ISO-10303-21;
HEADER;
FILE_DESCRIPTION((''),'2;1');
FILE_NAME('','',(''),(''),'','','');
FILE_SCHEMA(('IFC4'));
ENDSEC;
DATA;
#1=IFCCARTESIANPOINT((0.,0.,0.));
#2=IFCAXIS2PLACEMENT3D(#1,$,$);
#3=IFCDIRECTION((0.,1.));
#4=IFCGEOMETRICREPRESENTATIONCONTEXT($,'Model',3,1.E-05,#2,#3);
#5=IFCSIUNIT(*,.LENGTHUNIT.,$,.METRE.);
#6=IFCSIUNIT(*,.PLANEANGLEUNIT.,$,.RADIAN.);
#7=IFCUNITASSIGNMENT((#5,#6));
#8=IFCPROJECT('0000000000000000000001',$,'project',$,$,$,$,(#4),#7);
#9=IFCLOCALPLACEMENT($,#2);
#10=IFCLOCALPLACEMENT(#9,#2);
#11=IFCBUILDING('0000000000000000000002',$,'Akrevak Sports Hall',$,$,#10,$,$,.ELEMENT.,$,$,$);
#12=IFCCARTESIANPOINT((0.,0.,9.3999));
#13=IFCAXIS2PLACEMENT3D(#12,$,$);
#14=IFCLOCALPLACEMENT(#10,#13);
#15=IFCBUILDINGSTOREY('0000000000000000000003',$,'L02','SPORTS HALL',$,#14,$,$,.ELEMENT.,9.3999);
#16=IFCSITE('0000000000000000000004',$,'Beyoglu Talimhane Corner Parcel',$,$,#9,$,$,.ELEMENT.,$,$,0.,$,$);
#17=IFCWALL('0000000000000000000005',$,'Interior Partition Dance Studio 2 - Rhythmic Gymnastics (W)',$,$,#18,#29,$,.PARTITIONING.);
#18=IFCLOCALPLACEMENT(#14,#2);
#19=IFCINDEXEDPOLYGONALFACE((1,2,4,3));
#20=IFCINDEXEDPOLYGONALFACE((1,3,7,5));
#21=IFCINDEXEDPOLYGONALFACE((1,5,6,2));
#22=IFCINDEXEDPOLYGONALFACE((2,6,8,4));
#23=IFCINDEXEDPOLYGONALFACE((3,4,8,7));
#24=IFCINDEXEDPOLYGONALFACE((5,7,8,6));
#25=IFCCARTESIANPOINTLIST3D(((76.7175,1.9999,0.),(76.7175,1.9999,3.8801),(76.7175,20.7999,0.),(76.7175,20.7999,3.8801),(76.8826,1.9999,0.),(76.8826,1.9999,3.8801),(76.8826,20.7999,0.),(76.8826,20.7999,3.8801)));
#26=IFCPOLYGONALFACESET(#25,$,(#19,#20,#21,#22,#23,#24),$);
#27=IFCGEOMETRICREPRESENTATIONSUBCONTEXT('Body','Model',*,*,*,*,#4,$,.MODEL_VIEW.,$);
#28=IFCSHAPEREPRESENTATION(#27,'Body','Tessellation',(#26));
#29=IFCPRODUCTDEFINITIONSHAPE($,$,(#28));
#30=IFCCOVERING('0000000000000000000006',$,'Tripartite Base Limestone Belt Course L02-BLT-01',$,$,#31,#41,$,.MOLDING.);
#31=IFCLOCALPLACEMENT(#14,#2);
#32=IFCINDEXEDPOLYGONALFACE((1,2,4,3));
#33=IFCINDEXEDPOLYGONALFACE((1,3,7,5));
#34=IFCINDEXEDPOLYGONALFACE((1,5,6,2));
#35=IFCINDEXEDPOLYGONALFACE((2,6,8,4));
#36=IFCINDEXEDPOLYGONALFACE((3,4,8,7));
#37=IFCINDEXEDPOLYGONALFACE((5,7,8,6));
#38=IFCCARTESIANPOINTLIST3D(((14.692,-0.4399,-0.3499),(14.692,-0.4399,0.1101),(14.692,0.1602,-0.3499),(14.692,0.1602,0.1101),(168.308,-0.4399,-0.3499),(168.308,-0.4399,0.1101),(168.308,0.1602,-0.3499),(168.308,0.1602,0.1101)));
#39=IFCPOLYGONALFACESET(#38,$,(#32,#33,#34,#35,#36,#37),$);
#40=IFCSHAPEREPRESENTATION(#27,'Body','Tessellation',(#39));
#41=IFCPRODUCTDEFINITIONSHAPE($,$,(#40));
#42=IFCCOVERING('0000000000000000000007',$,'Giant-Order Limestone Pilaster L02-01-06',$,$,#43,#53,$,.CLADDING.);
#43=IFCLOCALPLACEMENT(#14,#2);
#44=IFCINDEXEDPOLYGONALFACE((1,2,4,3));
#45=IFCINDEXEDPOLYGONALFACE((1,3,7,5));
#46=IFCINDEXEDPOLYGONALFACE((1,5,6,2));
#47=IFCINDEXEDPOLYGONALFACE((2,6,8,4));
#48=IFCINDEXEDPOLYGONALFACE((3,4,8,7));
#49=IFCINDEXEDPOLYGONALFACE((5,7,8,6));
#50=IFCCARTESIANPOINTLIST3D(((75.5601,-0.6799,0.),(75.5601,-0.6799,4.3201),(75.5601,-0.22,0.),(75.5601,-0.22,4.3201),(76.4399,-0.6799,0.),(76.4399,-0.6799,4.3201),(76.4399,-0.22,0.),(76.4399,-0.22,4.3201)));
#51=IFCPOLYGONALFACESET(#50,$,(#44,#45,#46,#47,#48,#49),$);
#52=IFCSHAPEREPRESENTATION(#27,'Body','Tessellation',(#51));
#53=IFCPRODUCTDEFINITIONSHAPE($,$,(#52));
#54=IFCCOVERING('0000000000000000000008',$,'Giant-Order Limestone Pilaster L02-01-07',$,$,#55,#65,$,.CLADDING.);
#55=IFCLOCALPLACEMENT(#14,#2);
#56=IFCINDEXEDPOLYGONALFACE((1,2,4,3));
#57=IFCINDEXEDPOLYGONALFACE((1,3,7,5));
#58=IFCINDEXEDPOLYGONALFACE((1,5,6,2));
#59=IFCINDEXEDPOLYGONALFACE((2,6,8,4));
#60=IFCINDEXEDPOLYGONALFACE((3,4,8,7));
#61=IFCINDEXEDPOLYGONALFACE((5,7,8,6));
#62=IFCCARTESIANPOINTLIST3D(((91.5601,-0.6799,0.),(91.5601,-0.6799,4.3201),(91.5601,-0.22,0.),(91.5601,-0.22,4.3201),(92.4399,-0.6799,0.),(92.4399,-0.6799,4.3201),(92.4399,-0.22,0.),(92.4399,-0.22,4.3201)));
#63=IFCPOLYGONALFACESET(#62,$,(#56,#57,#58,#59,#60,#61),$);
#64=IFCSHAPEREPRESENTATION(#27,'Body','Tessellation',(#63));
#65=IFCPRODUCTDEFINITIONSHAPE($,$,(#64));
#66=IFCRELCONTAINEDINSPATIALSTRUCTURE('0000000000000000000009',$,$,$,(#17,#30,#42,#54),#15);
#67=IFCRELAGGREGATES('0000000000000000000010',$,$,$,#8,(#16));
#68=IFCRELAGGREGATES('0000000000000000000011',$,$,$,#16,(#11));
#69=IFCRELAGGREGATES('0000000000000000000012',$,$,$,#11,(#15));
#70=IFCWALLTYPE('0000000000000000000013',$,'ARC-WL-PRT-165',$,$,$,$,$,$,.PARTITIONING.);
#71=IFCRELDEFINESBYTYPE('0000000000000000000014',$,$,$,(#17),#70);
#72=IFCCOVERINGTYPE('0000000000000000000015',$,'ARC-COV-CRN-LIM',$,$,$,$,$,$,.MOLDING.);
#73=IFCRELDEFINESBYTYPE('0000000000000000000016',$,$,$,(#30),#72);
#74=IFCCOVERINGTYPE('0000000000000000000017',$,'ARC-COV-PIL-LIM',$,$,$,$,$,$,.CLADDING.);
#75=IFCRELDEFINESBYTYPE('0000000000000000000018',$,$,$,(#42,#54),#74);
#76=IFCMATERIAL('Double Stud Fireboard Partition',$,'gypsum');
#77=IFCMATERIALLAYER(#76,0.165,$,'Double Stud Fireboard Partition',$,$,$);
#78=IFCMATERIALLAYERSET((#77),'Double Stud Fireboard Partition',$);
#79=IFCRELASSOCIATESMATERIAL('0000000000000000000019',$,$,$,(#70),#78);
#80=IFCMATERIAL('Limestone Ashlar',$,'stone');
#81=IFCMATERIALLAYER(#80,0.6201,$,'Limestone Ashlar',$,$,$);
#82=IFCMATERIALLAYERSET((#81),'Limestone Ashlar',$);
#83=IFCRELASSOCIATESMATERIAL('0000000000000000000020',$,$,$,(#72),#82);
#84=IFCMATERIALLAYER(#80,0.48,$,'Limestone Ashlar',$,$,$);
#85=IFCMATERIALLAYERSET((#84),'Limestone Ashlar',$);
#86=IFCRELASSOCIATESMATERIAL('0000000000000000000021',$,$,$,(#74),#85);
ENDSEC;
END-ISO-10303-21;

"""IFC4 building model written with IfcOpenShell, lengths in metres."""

from ifc_helpers import new_model, si_unit, direction, frame, frame_2d, origin, origin_2d, place, context, subcontext, project, spatial, rectangle, extrude, material, layer, layer_set, type_object, element, save


model = new_model("IFC4")

# Units and contexts
model_context = context("Model", 3, precision=1e-05, world=origin(), true_north=direction((0.0, 1.0)))
body_context = subcontext(model_context, "Body", "Model", "MODEL_VIEW")
ifc_project = project(units=[si_unit("LENGTHUNIT", "METRE"), si_unit("PLANEANGLEUNIT", "RADIAN")], contexts=[model_context])

# Site, building, storey
site_placement = place(None, origin())
site = spatial("IfcSite", under=ifc_project, at=site_placement, Name="Beyoglu Talimhane Corner Parcel", CompositionType="ELEMENT", RefElevation=0.0)
building_placement = place(site_placement, origin())
building = spatial("IfcBuilding", under=site, at=building_placement, Name="Akrevak Sports Hall", CompositionType="ELEMENT")
storey_placement = place(building_placement, frame((0.0, 0.0, 9.3999)))
storey = spatial("IfcBuildingStorey", under=building, at=storey_placement, Name="L02", Description="SPORTS HALL", CompositionType="ELEMENT", Elevation=9.3999)

# Shared definitions
ifc_material_1 = material(Name="Limestone Ashlar", Category="stone")

# Shared definitions
ifc_material_2 = material(Name="Double Stud Fireboard Partition", Category="gypsum")
ifc_layer_1 = layer(ifc_material_2, 0.165, Name="Double Stud Fireboard Partition")
ifc_layer_set_1 = layer_set([ifc_layer_1], Name="Double Stud Fireboard Partition")
wall_type_1 = type_object("IfcWallType", Name="ARC-WL-PRT-165", PredefinedType="PARTITIONING", material=ifc_layer_set_1)

# Wall
wall_1_placement = place(storey_placement, frame((76.8, 2.0, 0.0), z_axis=(0.0, 0.0, 1.0), x_axis=(0.0, 1.0, 0.0)))
element("IfcWall", 1, at=wall_1_placement, inside=storey, type_object=wall_type_1, Name="Interior Partition Dance Studio 2 - Rhythmic Gymnastics (W)", PredefinedType="PARTITIONING", context=body_context, shape_type="SweptSolid", body=[
    extrude(rectangle(XDim=18.8, YDim=0.165, at=frame_2d((9.3999, 0.0))), origin(), (0.0, 0.0, 1.0), 3.8801),
])

# Coverings
ifc_layer_2 = layer(ifc_material_1, 0.6201, Name="Limestone Ashlar")
ifc_layer_set_2 = layer_set([ifc_layer_2], Name="Limestone Ashlar")
covering_type_1 = type_object("IfcCoveringType", Name="ARC-COV-CRN-LIM", PredefinedType="MOLDING", material=ifc_layer_set_2)
covering_placement = place(storey_placement, frame((91.5, -0.1399, -0.3499), z_axis=(0.0, 0.0, 1.0), x_axis=(1.0, 0.0, 0.0)))
element("IfcCovering", 2, at=covering_placement, inside=storey, type_object=covering_type_1, Name="Tripartite Base Limestone Belt Course L02-BLT-01", PredefinedType="MOLDING", context=body_context, shape_type="SweptSolid", body=[
    extrude(rectangle(XDim=153.616, YDim=0.6001, at=origin_2d()), origin(), (0.0, 0.0, 1.0), 0.46),
])
ifc_layer_3 = layer(ifc_material_1, 0.48, Name="Limestone Ashlar")
ifc_layer_set_3 = layer_set([ifc_layer_3], Name="Limestone Ashlar")
covering_type_2 = type_object("IfcCoveringType", Name="ARC-COV-PIL-LIM", PredefinedType="CLADDING", material=ifc_layer_set_3)
for number, where, z_axis, x_axis, name in (
    (3, (76.0, -0.45, 0.0), (0.0, 0.0, 1.0), (1.0, 0.0, 0.0), "Giant-Order Limestone Pilaster L02-01-06"),
    (4, (92.0, -0.45, 0.0), (0.0, 0.0, 1.0), (1.0, 0.0, 0.0), "Giant-Order Limestone Pilaster L02-01-07"),
):
    element("IfcCovering", number, at=place(storey_placement, frame(where, z_axis=z_axis, x_axis=x_axis)), inside=storey, type_object=covering_type_2, Name=name, PredefinedType="CLADDING", context=body_context, shape_type="SweptSolid", body=[
        extrude(rectangle(XDim=0.8799, YDim=0.46, at=origin_2d()), origin(), (0.0, 0.0, 1.0), 4.3201),
    ])

save(model, "model.ifc")
